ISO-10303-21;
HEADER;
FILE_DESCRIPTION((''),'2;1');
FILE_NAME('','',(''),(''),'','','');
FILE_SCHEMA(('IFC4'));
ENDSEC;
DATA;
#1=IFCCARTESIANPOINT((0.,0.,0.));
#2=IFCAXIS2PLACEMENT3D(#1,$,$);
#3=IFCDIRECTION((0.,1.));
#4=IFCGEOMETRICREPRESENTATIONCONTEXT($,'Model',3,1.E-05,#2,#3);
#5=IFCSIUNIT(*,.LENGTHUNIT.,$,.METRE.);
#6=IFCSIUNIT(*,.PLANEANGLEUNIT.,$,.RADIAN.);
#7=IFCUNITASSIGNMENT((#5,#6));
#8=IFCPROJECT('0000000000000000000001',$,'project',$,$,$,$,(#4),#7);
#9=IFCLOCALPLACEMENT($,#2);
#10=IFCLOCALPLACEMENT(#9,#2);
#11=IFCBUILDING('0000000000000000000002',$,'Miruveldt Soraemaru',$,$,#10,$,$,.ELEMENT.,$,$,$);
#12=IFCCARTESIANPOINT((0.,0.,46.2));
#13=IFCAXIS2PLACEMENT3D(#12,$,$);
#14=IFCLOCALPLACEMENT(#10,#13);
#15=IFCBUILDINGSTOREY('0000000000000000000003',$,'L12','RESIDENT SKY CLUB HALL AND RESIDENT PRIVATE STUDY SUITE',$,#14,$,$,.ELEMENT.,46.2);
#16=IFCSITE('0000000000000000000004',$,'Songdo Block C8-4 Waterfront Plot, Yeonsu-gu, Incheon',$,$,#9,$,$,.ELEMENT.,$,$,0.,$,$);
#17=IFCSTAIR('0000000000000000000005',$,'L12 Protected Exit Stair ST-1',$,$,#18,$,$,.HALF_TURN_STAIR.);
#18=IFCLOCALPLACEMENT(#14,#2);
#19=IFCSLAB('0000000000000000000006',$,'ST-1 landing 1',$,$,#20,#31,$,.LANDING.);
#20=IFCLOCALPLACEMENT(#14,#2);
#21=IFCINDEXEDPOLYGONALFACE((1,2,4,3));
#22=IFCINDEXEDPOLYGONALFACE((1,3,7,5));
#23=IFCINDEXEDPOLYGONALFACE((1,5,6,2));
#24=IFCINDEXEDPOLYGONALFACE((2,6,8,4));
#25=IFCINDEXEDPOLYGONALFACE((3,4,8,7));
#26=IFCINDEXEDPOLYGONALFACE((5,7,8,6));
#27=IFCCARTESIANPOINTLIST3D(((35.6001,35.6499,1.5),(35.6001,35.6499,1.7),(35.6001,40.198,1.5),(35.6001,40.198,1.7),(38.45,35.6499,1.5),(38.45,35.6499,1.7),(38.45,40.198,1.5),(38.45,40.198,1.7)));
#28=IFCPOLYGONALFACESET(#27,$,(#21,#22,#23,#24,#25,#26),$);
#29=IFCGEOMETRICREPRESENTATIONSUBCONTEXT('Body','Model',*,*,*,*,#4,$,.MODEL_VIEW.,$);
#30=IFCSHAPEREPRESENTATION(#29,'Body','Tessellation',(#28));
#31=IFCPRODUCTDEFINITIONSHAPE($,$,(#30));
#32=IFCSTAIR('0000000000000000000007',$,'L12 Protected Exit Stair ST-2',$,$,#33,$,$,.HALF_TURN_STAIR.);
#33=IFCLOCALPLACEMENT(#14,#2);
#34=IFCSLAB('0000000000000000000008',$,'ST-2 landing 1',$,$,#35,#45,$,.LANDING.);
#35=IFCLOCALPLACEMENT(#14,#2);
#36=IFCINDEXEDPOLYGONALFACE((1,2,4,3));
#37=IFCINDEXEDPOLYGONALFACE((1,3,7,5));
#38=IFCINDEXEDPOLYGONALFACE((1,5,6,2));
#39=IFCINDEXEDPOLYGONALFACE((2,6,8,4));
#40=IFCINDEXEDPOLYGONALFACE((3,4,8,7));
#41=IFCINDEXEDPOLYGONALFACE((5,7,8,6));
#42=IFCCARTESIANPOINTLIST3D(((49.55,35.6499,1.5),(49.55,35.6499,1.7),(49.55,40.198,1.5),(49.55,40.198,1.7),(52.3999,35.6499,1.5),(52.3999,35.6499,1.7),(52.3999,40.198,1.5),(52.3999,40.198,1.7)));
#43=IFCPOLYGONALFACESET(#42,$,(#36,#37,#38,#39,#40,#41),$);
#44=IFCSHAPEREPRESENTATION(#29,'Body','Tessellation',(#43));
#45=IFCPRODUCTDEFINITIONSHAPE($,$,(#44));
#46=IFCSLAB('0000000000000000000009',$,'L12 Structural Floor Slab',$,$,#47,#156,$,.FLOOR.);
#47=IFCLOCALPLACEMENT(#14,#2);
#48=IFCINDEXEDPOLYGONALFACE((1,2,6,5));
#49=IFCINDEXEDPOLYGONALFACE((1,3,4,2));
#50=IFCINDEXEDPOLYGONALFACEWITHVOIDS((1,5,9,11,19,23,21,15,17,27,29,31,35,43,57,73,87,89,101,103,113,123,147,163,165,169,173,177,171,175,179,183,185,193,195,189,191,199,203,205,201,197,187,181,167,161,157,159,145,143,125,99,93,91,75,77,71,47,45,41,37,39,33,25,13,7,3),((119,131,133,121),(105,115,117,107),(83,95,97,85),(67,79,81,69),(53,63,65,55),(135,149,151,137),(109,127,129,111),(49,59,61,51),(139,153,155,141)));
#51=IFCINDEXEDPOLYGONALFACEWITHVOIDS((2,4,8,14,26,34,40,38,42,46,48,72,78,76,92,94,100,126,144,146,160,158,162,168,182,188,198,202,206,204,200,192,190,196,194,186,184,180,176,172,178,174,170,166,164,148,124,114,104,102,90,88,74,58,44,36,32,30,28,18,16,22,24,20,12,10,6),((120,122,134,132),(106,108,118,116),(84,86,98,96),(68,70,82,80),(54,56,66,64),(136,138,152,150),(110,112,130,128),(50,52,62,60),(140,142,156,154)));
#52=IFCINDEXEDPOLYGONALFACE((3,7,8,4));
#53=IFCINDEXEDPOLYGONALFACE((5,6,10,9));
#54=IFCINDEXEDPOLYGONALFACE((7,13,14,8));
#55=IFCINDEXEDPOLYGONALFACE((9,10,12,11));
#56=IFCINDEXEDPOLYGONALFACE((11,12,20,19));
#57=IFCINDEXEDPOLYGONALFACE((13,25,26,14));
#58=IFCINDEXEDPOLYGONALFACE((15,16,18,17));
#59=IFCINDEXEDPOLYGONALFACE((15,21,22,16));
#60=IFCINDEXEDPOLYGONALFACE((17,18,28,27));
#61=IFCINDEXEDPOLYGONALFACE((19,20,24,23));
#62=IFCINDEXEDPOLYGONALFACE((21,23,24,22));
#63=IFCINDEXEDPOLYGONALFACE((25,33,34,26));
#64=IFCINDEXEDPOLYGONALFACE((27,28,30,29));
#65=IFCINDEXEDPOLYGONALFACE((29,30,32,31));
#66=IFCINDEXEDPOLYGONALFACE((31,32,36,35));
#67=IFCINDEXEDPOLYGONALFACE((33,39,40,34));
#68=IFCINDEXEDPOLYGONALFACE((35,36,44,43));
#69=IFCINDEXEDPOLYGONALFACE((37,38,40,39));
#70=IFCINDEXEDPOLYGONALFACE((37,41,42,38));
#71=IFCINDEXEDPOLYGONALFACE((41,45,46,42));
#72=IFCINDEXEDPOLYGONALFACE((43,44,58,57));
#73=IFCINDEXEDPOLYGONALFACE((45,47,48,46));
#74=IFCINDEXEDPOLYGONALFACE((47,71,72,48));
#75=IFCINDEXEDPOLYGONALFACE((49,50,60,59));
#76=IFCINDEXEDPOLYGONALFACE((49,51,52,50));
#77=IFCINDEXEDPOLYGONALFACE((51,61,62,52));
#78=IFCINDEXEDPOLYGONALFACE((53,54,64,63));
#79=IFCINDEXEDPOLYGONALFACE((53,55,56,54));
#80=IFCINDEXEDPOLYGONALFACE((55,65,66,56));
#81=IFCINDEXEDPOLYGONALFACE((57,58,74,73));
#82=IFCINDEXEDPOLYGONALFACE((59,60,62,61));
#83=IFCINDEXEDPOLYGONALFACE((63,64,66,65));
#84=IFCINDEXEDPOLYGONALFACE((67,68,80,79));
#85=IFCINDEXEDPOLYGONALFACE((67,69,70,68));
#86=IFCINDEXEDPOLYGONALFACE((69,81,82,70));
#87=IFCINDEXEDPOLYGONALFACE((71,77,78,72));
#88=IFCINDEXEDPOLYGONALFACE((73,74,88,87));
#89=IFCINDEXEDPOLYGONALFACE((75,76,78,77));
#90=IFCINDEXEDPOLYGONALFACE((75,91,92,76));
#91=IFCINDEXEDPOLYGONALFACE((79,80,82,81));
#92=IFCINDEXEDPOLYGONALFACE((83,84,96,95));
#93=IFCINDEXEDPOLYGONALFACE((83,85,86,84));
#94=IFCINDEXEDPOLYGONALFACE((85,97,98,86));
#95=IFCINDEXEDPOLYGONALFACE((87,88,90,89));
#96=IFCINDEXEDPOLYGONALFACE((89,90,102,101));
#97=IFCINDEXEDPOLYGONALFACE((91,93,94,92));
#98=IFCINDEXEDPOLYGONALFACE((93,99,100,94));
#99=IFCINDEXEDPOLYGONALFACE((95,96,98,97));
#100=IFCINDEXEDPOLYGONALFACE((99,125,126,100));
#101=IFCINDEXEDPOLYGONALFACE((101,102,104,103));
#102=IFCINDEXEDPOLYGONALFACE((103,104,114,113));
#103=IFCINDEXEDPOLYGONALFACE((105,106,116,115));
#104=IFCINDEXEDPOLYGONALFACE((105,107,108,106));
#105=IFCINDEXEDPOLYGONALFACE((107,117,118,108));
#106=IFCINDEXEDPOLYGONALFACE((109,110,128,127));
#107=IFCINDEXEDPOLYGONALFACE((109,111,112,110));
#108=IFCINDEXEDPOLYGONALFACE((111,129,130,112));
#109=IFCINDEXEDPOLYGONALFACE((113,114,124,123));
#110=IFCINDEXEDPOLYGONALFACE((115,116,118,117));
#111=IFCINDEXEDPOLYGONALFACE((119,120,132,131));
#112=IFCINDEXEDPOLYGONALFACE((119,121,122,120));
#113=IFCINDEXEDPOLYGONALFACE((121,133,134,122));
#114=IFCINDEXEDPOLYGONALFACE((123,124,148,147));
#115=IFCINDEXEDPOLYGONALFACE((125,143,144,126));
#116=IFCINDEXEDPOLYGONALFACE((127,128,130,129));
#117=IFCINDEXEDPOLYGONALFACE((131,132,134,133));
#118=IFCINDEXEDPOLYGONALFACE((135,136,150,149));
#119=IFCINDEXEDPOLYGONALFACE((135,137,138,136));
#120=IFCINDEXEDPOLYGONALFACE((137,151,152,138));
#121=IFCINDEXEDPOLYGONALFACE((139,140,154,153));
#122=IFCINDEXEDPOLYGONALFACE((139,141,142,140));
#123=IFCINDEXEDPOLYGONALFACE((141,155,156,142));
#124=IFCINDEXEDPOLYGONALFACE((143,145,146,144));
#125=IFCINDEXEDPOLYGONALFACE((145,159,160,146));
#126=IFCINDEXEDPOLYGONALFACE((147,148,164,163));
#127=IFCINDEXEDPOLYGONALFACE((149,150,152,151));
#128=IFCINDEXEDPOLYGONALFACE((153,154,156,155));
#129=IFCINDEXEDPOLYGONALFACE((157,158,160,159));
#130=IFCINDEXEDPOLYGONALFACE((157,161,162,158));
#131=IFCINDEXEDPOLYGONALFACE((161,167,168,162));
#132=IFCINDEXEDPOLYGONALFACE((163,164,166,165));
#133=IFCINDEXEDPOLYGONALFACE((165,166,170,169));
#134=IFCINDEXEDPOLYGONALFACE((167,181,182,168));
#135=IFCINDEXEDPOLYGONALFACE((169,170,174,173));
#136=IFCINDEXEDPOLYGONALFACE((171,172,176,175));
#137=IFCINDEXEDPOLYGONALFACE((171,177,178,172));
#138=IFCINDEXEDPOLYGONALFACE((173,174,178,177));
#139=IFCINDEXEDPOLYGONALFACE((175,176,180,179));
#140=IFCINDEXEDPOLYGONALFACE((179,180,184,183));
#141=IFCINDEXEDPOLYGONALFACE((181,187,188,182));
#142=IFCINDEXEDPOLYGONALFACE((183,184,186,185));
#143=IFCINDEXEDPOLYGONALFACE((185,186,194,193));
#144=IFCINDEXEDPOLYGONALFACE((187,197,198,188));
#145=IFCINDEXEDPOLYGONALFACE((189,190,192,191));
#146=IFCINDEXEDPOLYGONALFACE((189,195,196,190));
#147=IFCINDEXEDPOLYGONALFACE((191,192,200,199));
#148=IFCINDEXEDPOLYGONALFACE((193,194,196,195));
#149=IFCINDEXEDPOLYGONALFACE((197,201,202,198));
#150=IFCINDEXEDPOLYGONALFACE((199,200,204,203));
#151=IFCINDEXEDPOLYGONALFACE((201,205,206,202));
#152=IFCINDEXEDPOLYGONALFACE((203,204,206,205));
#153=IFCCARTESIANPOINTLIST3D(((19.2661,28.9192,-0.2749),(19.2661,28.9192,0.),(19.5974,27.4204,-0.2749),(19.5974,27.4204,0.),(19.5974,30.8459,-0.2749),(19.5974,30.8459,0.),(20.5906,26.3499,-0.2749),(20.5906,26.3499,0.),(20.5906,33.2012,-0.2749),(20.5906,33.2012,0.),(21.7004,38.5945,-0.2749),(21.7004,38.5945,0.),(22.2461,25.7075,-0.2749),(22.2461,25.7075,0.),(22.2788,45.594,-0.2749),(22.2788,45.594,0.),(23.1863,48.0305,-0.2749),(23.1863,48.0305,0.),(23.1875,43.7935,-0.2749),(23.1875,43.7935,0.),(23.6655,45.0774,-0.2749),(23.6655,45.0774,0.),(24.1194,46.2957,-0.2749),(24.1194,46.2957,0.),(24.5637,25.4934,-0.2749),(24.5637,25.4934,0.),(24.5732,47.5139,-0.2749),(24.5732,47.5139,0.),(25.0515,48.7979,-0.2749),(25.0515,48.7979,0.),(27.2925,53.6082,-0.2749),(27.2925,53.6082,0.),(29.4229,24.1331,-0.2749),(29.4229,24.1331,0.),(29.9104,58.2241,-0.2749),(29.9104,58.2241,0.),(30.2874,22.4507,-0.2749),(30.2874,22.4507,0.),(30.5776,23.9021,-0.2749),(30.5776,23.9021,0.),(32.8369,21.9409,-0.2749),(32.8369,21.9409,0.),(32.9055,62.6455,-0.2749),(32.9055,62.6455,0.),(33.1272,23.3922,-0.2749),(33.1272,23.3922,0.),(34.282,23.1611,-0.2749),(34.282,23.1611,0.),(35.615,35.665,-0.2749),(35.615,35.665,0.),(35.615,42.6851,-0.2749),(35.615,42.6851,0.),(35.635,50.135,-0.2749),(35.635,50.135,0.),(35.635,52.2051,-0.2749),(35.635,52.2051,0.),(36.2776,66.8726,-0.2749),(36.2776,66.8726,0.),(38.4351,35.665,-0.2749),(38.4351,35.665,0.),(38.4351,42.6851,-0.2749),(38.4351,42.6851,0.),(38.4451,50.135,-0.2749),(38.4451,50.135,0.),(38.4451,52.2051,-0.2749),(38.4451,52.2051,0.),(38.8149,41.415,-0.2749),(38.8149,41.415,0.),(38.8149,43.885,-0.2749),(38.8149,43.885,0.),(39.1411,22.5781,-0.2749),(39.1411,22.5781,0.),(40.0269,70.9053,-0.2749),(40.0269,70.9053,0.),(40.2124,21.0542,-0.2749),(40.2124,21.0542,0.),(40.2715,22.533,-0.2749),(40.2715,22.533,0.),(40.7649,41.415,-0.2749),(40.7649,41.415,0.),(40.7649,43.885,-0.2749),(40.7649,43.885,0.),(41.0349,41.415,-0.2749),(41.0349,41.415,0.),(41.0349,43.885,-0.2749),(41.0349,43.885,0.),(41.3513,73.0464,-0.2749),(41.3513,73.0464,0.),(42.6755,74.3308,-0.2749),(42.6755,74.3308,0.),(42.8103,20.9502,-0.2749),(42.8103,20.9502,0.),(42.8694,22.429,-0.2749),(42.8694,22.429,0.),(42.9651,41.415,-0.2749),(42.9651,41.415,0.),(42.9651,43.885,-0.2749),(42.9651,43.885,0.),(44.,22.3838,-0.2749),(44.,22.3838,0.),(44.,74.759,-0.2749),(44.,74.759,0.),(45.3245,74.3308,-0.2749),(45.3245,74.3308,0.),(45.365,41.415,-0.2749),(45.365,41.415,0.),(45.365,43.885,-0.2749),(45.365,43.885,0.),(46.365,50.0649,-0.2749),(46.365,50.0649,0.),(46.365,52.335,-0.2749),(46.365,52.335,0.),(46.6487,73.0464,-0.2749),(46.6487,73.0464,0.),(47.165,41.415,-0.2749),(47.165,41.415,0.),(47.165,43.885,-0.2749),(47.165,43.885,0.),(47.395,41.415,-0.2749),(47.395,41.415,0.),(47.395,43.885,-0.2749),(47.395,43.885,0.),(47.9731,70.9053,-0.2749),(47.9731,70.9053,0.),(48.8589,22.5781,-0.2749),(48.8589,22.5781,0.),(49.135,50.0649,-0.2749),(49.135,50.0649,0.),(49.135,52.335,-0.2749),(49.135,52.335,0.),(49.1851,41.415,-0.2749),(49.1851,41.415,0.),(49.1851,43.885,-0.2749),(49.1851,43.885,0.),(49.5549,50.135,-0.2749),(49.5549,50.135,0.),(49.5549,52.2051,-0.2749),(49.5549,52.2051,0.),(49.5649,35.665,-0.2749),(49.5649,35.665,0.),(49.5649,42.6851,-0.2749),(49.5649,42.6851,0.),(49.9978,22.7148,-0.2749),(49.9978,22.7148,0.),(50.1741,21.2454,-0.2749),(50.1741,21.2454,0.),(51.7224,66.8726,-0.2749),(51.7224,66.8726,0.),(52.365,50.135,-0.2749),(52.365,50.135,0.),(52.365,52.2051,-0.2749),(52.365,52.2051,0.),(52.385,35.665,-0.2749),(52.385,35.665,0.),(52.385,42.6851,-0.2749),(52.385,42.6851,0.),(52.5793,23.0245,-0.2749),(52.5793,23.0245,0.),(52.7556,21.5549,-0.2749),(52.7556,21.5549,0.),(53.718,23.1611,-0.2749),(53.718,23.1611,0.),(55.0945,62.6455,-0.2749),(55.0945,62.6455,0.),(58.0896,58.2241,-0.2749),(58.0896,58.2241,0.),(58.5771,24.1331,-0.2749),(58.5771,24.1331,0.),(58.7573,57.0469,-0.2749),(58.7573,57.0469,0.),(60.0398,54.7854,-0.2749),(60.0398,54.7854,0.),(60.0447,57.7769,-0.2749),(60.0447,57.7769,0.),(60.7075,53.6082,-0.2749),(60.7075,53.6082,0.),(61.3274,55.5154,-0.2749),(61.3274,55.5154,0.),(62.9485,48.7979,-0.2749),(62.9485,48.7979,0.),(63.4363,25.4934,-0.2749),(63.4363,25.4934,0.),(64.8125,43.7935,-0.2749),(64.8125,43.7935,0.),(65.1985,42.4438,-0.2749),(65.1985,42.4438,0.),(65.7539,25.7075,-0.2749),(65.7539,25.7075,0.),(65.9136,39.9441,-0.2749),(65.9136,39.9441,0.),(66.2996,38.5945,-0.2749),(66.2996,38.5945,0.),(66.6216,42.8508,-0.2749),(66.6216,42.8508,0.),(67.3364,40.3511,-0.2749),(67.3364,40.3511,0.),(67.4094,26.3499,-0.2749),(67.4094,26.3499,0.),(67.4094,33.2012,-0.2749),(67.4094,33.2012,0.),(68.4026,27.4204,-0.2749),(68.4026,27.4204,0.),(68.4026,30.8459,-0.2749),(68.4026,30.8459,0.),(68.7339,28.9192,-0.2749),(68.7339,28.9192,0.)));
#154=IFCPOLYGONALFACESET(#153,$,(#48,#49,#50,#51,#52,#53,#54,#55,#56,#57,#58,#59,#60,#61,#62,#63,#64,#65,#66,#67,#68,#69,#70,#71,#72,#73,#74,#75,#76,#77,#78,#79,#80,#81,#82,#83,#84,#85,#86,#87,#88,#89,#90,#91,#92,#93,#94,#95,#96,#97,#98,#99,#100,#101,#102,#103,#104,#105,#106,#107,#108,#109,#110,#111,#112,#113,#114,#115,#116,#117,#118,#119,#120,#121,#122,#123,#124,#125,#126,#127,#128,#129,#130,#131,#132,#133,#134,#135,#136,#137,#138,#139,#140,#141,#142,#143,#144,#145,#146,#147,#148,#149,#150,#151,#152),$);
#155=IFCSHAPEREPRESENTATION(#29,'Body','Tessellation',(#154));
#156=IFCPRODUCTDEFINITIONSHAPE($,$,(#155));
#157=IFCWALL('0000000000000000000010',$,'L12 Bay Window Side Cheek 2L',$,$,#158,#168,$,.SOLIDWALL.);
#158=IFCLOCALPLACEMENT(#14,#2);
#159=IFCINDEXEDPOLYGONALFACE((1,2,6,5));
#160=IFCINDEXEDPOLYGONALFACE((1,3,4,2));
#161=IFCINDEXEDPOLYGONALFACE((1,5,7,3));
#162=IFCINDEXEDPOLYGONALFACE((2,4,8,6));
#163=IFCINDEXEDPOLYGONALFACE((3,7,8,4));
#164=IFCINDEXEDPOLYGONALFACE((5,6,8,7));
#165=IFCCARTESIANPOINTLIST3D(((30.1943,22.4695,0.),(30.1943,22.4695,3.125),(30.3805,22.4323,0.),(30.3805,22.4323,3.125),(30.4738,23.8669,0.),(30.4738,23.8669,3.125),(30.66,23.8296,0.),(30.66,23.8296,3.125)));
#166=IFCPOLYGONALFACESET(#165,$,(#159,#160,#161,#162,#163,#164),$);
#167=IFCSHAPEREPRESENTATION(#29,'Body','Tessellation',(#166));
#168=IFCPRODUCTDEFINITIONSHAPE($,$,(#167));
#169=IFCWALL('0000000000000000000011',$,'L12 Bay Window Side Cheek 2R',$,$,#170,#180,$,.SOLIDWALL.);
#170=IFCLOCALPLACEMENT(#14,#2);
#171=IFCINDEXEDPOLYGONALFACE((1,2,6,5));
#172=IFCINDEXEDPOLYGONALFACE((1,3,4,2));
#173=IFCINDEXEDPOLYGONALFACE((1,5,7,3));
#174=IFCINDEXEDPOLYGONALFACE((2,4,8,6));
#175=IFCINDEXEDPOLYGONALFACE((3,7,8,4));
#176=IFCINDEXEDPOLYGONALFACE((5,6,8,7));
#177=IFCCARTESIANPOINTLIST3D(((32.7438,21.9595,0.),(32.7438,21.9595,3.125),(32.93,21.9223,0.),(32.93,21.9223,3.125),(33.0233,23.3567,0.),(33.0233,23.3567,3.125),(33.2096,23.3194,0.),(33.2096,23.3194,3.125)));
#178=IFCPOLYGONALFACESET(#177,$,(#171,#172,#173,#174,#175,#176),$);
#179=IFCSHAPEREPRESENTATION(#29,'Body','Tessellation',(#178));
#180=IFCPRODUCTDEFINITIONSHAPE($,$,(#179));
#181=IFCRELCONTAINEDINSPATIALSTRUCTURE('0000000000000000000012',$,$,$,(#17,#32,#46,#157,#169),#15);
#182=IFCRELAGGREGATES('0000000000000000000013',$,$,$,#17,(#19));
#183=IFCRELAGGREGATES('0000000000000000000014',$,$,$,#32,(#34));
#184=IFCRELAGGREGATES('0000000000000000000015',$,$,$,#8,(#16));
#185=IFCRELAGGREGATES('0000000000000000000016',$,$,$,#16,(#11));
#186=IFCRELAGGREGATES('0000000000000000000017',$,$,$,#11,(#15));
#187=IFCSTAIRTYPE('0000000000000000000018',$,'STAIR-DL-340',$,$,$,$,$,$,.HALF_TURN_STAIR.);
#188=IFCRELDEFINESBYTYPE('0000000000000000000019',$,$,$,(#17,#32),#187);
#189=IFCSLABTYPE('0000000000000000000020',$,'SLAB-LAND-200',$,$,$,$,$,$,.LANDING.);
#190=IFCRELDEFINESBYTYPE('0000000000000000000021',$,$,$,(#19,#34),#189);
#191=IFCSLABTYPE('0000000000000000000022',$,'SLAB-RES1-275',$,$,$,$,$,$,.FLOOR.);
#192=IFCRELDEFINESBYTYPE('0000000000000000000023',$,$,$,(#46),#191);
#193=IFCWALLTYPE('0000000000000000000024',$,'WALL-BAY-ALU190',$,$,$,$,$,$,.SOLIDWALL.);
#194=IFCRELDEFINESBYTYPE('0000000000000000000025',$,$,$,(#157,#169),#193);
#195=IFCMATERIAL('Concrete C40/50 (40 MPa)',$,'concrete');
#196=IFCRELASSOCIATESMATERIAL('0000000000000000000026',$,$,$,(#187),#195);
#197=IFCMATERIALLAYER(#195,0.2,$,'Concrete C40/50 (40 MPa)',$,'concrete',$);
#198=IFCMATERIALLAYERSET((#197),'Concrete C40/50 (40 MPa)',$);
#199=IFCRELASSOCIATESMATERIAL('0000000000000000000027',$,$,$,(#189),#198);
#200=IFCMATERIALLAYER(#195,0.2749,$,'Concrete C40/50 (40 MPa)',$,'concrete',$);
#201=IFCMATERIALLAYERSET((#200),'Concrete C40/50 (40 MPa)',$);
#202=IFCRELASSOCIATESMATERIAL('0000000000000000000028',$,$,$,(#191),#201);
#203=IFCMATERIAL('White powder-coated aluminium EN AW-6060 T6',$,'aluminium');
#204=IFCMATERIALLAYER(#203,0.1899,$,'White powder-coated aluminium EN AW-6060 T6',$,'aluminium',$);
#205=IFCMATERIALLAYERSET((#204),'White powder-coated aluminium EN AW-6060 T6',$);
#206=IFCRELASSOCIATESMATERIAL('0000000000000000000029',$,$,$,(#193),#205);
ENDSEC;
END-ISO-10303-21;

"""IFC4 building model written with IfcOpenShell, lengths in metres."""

from ifc_helpers import new_model, si_unit, direction, frame, frame_2d, origin, place, context, subcontext, project, spatial, polyline, rectangle, outline, extrude, material, layer, layer_set, type_object, element, aggregate, save


model = new_model("IFC4")

# Units and contexts
model_context = context("Model", 3, precision=1e-05, world=origin(), true_north=direction((0.0, 1.0)))
body_context = subcontext(model_context, "Body", "Model", "MODEL_VIEW")
ifc_project = project(units=[si_unit("LENGTHUNIT", "METRE"), si_unit("PLANEANGLEUNIT", "RADIAN")], contexts=[model_context])

# Site, building, storey
site_placement = place(None, origin())
site = spatial("IfcSite", under=ifc_project, at=site_placement, Name="Songdo Block C8-4 Waterfront Plot, Yeonsu-gu, Incheon", CompositionType="ELEMENT", RefElevation=0.0)
building_placement = place(site_placement, origin())
building = spatial("IfcBuilding", under=site, at=building_placement, Name="Miruveldt Soraemaru", CompositionType="ELEMENT")
storey_placement = place(building_placement, frame((0.0, 0.0, 46.2)))
storey = spatial("IfcBuildingStorey", under=building, at=storey_placement, Name="L12", Description="RESIDENT SKY CLUB HALL AND RESIDENT PRIVATE STUDY SUITE", CompositionType="ELEMENT", Elevation=46.2)

# Stairs, slabs
ifc_material_1 = material(Name="Concrete C40/50 (40 MPa)", Category="concrete")
stair_type = type_object("IfcStairType", Name="STAIR-DL-340", PredefinedType="HALF_TURN_STAIR", material=ifc_material_1)
stair_1_placement = place(storey_placement, origin())
stair_1 = element("IfcStair", 1, at=stair_1_placement, inside=storey, type_object=stair_type, Name="L12 Protected Exit Stair ST-1", PredefinedType="HALF_TURN_STAIR")
ifc_layer_1 = layer(ifc_material_1, 0.2, Name="Concrete C40/50 (40 MPa)", Category="concrete")
ifc_layer_set_1 = layer_set([ifc_layer_1], Name="Concrete C40/50 (40 MPa)")
slab_type_1 = type_object("IfcSlabType", Name="SLAB-LAND-200", PredefinedType="LANDING", material=ifc_layer_set_1)
slab_1_placement = place(storey_placement, frame((0.0, 0.0, 1.5)))
slab_1 = element("IfcSlab", 2, at=slab_1_placement, type_object=slab_type_1, Name="ST-1 landing 1", PredefinedType="LANDING", context=body_context, shape_type="SweptSolid", body=[
    extrude(outline(polyline([(35.6001, 40.198), (35.6001, 35.6499), (38.45, 35.6499), (38.45, 40.198), (35.6001, 40.198)])), origin(), (0.0, 0.0, 1.0), 0.2),
])
aggregate(stair_1, [slab_1])
stair_2_placement = place(storey_placement, origin())
stair_2 = element("IfcStair", 3, at=stair_2_placement, inside=storey, type_object=stair_type, Name="L12 Protected Exit Stair ST-2", PredefinedType="HALF_TURN_STAIR")
slab_2_placement = place(storey_placement, frame((0.0, 0.0, 1.5)))
slab_2 = element("IfcSlab", 4, at=slab_2_placement, type_object=slab_type_1, Name="ST-2 landing 1", PredefinedType="LANDING", context=body_context, shape_type="SweptSolid", body=[
    extrude(outline(polyline([(49.55, 40.198), (49.55, 35.6499), (52.3999, 35.6499), (52.3999, 40.198), (49.55, 40.198)])), origin(), (0.0, 0.0, 1.0), 0.2),
])
aggregate(stair_2, [slab_2])

# Slab
ifc_layer_2 = layer(ifc_material_1, 0.2749, Name="Concrete C40/50 (40 MPa)", Category="concrete")
ifc_layer_set_2 = layer_set([ifc_layer_2], Name="Concrete C40/50 (40 MPa)")
slab_type_2 = type_object("IfcSlabType", Name="SLAB-RES1-275", PredefinedType="FLOOR", material=ifc_layer_set_2)
slab_3_placement = place(storey_placement, frame((0.0, 0.0, -0.2749)))
element("IfcSlab", 5, at=slab_3_placement, inside=storey, type_object=slab_type_2, Name="L12 Structural Floor Slab", PredefinedType="FLOOR", context=body_context, shape_type="SweptSolid", body=[
    extrude(outline(polyline([(40.2124, 21.0542), (40.2715, 22.533), (39.1411, 22.5781), (34.282, 23.1611), (31.8523, 23.6472), (33.1272, 23.3921), (32.8369, 21.9409), (30.2874, 22.4507), (30.5776, 23.9021), (29.4229, 24.1331), (24.5637, 25.4934), (22.2461, 25.7075), (20.5906, 26.3499), (19.5974, 27.4204), (19.2661, 28.9192), (19.5974, 30.8459), (20.5906, 33.2012), (21.7004, 38.5945), (23.1875, 43.7935), (24.1194, 46.2957), (23.6655, 45.0774), (22.2788, 45.594), (23.1863, 48.0305), (24.5732, 47.5139), (25.0515, 48.7979), (27.2925, 53.6082), (29.9104, 58.2241), (32.9055, 62.6455), (36.2776, 66.8726), (40.0269, 70.9053), (41.3513, 73.0464), (42.6755, 74.3308), (44.0, 74.759), (45.3245, 74.3308), (46.6487, 73.0464), (47.9731, 70.9053), (51.7224, 66.8726), (55.0945, 62.6455), (58.0896, 58.2241), (59.3987, 55.916), (58.7573, 57.0469), (60.0447, 57.7769), (61.3274, 55.5154), (60.0398, 54.7854), (60.7075, 53.6082), (62.9485, 48.7979), (64.8125, 43.7935), (65.1985, 42.4438), (66.6216, 42.8508), (67.3364, 40.3511), (65.9136, 39.9441), (66.2996, 38.5945), (67.4094, 33.2012), (68.4026, 30.8459), (68.7339, 28.9192), (68.4026, 27.4204), (67.4094, 26.3499), (65.7539, 25.7075), (63.4363, 25.4934), (58.5771, 24.1331), (53.718, 23.1611), (51.2886, 22.8696), (52.5793, 23.0244), (52.7556, 21.5549), (50.1741, 21.2454), (49.9978, 22.7148), (48.8589, 22.5781), (44.0, 22.3838), (41.5706, 22.481), (42.8694, 22.429), (42.8103, 20.9502), (40.2124, 21.0542)]), holes=[polyline([(35.615, 35.665), (38.4351, 35.665), (38.4351, 42.6851), (35.615, 42.6851), (35.615, 35.665)]), polyline([(49.5649, 35.665), (52.385, 35.665), (52.385, 42.6851), (49.5649, 42.6851), (49.5649, 35.665)]), polyline([(40.7649, 41.415), (40.7649, 43.885), (38.8149, 43.885), (38.8149, 41.415), (40.7649, 41.415)]), polyline([(42.9651, 41.415), (42.9651, 43.885), (41.0349, 43.885), (41.0349, 41.415), (42.9651, 41.415)]), polyline([(47.165, 41.415), (47.165, 43.885), (45.365, 43.885), (45.365, 41.415), (47.165, 41.415)]), polyline([(49.1851, 41.415), (49.1851, 43.885), (47.395, 43.885), (47.395, 41.415), (49.1851, 41.415)]), polyline([(38.4451, 50.135), (38.4451, 52.2051), (35.635, 52.2051), (35.635, 50.135), (38.4451, 50.135)]), polyline([(49.5549, 50.135), (52.365, 50.135), (52.365, 52.2051), (49.5549, 52.2051), (49.5549, 50.135)]), polyline([(46.365, 50.0649), (49.135, 50.0649), (49.135, 52.335), (46.365, 52.335), (46.365, 50.0649)])]), origin(), (0.0, 0.0, 1.0), 0.2749),
])

# Walls
ifc_material_2 = material(Name="White powder-coated aluminium EN AW-6060 T6", Category="aluminium")
ifc_layer_3 = layer(ifc_material_2, 0.1899, Name="White powder-coated aluminium EN AW-6060 T6", Category="aluminium")
ifc_layer_set_3 = layer_set([ifc_layer_3], Name="White powder-coated aluminium EN AW-6060 T6")
wall_type_1 = type_object("IfcWallType", Name="WALL-BAY-ALU190", PredefinedType="SOLIDWALL", material=ifc_layer_set_3)
wall_1_placement = place(storey_placement, frame((30.5669, 23.8481, 0.0), z_axis=(0.0, 0.0, 1.0), x_axis=(-0.196149, -0.980574, 0.0)))
element("IfcWall", 6, at=wall_1_placement, inside=storey, type_object=wall_type_1, Name="L12 Bay Window Side Cheek 2L", PredefinedType="SOLIDWALL", context=body_context, shape_type="SweptSolid", body=[
    extrude(rectangle(XDim=1.425, YDim=0.1899, at=frame_2d((0.7124, 0.0))), origin(), (0.0, 0.0, 1.0), 3.125),
])
wall_2_placement = place(storey_placement, frame((32.8369, 21.9409, 0.0), z_axis=(0.0, 0.0, 1.0), x_axis=(0.196182, 0.980567, 0.0)))
element("IfcWall", 7, at=wall_2_placement, inside=storey, type_object=wall_type_1, Name="L12 Bay Window Side Cheek 2R", PredefinedType="SOLIDWALL", context=body_context, shape_type="SweptSolid", body=[
    extrude(rectangle(XDim=1.4248, YDim=0.1899, at=frame_2d((0.7124, 0.0))), origin(), (0.0, 0.0, 1.0), 3.125),
])

save(model, "model.ifc")
